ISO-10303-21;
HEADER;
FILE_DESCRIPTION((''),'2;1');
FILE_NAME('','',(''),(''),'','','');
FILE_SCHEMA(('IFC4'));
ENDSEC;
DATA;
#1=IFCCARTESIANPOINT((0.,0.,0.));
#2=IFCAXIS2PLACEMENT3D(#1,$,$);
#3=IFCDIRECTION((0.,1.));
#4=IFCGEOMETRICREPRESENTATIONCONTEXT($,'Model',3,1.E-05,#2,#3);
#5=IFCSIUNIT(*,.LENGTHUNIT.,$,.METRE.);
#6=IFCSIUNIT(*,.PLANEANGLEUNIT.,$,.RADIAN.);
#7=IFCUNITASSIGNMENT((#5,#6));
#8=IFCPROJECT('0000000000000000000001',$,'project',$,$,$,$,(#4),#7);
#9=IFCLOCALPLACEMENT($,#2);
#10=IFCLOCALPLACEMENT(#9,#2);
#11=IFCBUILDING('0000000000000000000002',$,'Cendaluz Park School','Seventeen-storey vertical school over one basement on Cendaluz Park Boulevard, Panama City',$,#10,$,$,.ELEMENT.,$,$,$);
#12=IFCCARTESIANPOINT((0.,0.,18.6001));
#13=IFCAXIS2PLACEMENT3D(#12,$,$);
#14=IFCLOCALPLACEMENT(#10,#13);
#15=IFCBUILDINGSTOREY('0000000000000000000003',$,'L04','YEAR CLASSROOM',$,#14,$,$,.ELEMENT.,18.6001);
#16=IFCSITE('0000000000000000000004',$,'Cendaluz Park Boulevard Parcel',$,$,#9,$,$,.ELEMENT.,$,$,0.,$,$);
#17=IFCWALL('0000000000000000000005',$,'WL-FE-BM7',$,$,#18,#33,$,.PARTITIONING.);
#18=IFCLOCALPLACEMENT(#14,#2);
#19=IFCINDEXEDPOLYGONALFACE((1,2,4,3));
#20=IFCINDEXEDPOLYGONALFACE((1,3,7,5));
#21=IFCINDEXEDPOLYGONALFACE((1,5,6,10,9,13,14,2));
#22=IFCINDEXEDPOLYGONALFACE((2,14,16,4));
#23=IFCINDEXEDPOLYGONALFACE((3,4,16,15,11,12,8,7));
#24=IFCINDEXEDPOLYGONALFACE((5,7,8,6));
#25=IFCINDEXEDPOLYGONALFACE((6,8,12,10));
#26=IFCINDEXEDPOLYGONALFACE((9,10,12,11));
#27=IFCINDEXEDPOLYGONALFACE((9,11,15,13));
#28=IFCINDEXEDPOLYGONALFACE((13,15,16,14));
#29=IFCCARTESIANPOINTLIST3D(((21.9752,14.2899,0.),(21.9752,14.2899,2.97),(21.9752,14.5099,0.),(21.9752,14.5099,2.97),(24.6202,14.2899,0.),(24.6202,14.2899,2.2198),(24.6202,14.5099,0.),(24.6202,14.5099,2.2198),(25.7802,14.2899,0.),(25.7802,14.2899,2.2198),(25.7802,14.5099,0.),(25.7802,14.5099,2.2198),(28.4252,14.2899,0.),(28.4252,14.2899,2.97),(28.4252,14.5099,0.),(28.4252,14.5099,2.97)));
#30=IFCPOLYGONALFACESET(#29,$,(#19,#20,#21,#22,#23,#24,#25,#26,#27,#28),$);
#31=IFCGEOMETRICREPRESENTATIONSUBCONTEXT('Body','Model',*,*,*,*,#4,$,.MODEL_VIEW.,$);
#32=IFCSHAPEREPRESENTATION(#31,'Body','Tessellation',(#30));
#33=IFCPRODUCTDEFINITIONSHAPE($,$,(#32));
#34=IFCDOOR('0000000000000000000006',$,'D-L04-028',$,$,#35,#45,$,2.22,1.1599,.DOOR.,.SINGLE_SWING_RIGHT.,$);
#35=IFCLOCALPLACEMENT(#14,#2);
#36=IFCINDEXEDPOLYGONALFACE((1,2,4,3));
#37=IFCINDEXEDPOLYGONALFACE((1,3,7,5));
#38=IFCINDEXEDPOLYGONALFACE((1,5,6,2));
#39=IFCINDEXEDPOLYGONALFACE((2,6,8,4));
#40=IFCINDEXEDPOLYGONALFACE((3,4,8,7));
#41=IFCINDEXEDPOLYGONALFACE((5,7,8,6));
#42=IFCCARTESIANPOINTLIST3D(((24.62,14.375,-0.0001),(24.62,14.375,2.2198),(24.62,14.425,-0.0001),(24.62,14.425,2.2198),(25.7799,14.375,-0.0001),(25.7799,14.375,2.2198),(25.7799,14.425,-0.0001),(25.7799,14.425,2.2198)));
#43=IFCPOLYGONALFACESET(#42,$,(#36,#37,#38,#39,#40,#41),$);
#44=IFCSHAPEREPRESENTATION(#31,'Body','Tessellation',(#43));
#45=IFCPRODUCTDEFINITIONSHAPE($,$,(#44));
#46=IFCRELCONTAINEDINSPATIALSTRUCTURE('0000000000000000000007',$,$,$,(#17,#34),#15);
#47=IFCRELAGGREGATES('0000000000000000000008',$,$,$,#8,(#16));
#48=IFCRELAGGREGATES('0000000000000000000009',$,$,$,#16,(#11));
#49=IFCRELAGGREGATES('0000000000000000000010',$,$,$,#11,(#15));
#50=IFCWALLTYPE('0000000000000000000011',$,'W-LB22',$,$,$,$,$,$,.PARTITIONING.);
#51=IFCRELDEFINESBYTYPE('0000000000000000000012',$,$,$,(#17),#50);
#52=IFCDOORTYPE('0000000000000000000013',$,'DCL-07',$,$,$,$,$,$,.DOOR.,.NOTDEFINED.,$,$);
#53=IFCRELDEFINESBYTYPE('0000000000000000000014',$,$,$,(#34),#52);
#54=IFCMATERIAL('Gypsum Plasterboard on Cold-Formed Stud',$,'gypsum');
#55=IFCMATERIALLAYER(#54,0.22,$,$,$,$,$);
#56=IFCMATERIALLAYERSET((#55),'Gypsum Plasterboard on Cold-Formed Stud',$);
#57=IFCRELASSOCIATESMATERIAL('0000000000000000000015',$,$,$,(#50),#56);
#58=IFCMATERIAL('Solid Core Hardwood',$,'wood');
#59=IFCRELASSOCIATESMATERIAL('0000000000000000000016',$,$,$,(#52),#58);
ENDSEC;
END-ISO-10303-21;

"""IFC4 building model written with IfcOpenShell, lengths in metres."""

from ifc_helpers import new_model, si_unit, direction, frame, frame_2d, origin, place, context, subcontext, project, spatial, rectangle, extrude, material, layer, layer_set, type_object, element, fill, save


model = new_model("IFC4")

# Units and contexts
model_context = context("Model", 3, precision=1e-05, world=origin(), true_north=direction((0.0, 1.0)))
body_context = subcontext(model_context, "Body", "Model", "MODEL_VIEW")
ifc_project = project(units=[si_unit("LENGTHUNIT", "METRE"), si_unit("PLANEANGLEUNIT", "RADIAN")], contexts=[model_context])

# Site, building, storey
site_placement = place(None, origin())
site = spatial("IfcSite", under=ifc_project, at=site_placement, Name="Cendaluz Park Boulevard Parcel", CompositionType="ELEMENT", RefElevation=0.0)
building_placement = place(site_placement, origin())
building = spatial("IfcBuilding", under=site, at=building_placement, Name="Cendaluz Park School", Description="Seventeen-storey vertical school over one basement on Cendaluz Park Boulevard, Panama City", CompositionType="ELEMENT")
storey_placement = place(building_placement, frame((0.0, 0.0, 18.6001)))
storey = spatial("IfcBuildingStorey", under=building, at=storey_placement, Name="L04", Description="YEAR CLASSROOM", CompositionType="ELEMENT", Elevation=18.6001)

# Shared definitions
ifc_material_1 = material(Name="Gypsum Plasterboard on Cold-Formed Stud", Category="gypsum")
ifc_layer_1 = layer(ifc_material_1, 0.22)
ifc_layer_set_1 = layer_set([ifc_layer_1], Name="Gypsum Plasterboard on Cold-Formed Stud")
wall_type_1 = type_object("IfcWallType", Name="W-LB22", PredefinedType="PARTITIONING", material=ifc_layer_set_1)

# Wall, opening, door
wall_1_placement = place(storey_placement, frame((21.9751, 14.3999, 0.0), z_axis=(0.0, 0.0, 1.0), x_axis=(1.0, 0.0, 0.0)))
wall_1 = element("IfcWall", 1, at=wall_1_placement, inside=storey, type_object=wall_type_1, Name="WL-FE-BM7", PredefinedType="PARTITIONING", context=body_context, shape_type="SweptSolid", body=[
    extrude(rectangle(XDim=6.45, YDim=0.22, at=frame_2d((3.2251, 0.0))), origin(), (0.0, 0.0, 1.0), 2.97),
])
opening_1_placement = place(wall_1_placement, frame((2.645, 0.0, 0.0)))
opening_1 = element("IfcOpeningElement", 2, at=opening_1_placement, cuts=wall_1, PredefinedType="OPENING", context=body_context, shape_type="SweptSolid", body=[
    extrude(rectangle(XDim=1.1599, YDim=2.22, at=frame_2d((0.5801, 1.1099))), frame((0.0, 0.1221, 0.0), z_axis=(0.0, -1.0, 0.0), x_axis=(1.0, 0.0, 0.0)), (0.0, 0.0, 1.0), 0.2439),
])
ifc_material_2 = material(Name="Solid Core Hardwood", Category="wood")
door_type = type_object("IfcDoorType", Name="DCL-07", OperationType="NOTDEFINED", PredefinedType="DOOR", material=ifc_material_2)
door_placement = place(opening_1_placement, frame((1.1599, 0.0, 0.0), z_axis=(0.0, 0.0, 1.0), x_axis=(-1.0, 0.0, 0.0)))
door = element("IfcDoor", 3, at=door_placement, inside=storey, type_object=door_type, Name="D-L04-028", OperationType="SINGLE_SWING_RIGHT", OverallHeight=2.22, OverallWidth=1.1599, PredefinedType="DOOR", context=body_context, shape_type="SweptSolid", body=[
    extrude(rectangle(XDim=1.1599, YDim=2.22, at=frame_2d((0.5801, 1.1099))), frame((0.0, 0.0249, 0.0), z_axis=(0.0, -1.0, 0.0), x_axis=(1.0, 0.0, 0.0)), (0.0, 0.0, 1.0), 0.05),
])
fill(opening_1, door)

save(model, "model.ifc")
